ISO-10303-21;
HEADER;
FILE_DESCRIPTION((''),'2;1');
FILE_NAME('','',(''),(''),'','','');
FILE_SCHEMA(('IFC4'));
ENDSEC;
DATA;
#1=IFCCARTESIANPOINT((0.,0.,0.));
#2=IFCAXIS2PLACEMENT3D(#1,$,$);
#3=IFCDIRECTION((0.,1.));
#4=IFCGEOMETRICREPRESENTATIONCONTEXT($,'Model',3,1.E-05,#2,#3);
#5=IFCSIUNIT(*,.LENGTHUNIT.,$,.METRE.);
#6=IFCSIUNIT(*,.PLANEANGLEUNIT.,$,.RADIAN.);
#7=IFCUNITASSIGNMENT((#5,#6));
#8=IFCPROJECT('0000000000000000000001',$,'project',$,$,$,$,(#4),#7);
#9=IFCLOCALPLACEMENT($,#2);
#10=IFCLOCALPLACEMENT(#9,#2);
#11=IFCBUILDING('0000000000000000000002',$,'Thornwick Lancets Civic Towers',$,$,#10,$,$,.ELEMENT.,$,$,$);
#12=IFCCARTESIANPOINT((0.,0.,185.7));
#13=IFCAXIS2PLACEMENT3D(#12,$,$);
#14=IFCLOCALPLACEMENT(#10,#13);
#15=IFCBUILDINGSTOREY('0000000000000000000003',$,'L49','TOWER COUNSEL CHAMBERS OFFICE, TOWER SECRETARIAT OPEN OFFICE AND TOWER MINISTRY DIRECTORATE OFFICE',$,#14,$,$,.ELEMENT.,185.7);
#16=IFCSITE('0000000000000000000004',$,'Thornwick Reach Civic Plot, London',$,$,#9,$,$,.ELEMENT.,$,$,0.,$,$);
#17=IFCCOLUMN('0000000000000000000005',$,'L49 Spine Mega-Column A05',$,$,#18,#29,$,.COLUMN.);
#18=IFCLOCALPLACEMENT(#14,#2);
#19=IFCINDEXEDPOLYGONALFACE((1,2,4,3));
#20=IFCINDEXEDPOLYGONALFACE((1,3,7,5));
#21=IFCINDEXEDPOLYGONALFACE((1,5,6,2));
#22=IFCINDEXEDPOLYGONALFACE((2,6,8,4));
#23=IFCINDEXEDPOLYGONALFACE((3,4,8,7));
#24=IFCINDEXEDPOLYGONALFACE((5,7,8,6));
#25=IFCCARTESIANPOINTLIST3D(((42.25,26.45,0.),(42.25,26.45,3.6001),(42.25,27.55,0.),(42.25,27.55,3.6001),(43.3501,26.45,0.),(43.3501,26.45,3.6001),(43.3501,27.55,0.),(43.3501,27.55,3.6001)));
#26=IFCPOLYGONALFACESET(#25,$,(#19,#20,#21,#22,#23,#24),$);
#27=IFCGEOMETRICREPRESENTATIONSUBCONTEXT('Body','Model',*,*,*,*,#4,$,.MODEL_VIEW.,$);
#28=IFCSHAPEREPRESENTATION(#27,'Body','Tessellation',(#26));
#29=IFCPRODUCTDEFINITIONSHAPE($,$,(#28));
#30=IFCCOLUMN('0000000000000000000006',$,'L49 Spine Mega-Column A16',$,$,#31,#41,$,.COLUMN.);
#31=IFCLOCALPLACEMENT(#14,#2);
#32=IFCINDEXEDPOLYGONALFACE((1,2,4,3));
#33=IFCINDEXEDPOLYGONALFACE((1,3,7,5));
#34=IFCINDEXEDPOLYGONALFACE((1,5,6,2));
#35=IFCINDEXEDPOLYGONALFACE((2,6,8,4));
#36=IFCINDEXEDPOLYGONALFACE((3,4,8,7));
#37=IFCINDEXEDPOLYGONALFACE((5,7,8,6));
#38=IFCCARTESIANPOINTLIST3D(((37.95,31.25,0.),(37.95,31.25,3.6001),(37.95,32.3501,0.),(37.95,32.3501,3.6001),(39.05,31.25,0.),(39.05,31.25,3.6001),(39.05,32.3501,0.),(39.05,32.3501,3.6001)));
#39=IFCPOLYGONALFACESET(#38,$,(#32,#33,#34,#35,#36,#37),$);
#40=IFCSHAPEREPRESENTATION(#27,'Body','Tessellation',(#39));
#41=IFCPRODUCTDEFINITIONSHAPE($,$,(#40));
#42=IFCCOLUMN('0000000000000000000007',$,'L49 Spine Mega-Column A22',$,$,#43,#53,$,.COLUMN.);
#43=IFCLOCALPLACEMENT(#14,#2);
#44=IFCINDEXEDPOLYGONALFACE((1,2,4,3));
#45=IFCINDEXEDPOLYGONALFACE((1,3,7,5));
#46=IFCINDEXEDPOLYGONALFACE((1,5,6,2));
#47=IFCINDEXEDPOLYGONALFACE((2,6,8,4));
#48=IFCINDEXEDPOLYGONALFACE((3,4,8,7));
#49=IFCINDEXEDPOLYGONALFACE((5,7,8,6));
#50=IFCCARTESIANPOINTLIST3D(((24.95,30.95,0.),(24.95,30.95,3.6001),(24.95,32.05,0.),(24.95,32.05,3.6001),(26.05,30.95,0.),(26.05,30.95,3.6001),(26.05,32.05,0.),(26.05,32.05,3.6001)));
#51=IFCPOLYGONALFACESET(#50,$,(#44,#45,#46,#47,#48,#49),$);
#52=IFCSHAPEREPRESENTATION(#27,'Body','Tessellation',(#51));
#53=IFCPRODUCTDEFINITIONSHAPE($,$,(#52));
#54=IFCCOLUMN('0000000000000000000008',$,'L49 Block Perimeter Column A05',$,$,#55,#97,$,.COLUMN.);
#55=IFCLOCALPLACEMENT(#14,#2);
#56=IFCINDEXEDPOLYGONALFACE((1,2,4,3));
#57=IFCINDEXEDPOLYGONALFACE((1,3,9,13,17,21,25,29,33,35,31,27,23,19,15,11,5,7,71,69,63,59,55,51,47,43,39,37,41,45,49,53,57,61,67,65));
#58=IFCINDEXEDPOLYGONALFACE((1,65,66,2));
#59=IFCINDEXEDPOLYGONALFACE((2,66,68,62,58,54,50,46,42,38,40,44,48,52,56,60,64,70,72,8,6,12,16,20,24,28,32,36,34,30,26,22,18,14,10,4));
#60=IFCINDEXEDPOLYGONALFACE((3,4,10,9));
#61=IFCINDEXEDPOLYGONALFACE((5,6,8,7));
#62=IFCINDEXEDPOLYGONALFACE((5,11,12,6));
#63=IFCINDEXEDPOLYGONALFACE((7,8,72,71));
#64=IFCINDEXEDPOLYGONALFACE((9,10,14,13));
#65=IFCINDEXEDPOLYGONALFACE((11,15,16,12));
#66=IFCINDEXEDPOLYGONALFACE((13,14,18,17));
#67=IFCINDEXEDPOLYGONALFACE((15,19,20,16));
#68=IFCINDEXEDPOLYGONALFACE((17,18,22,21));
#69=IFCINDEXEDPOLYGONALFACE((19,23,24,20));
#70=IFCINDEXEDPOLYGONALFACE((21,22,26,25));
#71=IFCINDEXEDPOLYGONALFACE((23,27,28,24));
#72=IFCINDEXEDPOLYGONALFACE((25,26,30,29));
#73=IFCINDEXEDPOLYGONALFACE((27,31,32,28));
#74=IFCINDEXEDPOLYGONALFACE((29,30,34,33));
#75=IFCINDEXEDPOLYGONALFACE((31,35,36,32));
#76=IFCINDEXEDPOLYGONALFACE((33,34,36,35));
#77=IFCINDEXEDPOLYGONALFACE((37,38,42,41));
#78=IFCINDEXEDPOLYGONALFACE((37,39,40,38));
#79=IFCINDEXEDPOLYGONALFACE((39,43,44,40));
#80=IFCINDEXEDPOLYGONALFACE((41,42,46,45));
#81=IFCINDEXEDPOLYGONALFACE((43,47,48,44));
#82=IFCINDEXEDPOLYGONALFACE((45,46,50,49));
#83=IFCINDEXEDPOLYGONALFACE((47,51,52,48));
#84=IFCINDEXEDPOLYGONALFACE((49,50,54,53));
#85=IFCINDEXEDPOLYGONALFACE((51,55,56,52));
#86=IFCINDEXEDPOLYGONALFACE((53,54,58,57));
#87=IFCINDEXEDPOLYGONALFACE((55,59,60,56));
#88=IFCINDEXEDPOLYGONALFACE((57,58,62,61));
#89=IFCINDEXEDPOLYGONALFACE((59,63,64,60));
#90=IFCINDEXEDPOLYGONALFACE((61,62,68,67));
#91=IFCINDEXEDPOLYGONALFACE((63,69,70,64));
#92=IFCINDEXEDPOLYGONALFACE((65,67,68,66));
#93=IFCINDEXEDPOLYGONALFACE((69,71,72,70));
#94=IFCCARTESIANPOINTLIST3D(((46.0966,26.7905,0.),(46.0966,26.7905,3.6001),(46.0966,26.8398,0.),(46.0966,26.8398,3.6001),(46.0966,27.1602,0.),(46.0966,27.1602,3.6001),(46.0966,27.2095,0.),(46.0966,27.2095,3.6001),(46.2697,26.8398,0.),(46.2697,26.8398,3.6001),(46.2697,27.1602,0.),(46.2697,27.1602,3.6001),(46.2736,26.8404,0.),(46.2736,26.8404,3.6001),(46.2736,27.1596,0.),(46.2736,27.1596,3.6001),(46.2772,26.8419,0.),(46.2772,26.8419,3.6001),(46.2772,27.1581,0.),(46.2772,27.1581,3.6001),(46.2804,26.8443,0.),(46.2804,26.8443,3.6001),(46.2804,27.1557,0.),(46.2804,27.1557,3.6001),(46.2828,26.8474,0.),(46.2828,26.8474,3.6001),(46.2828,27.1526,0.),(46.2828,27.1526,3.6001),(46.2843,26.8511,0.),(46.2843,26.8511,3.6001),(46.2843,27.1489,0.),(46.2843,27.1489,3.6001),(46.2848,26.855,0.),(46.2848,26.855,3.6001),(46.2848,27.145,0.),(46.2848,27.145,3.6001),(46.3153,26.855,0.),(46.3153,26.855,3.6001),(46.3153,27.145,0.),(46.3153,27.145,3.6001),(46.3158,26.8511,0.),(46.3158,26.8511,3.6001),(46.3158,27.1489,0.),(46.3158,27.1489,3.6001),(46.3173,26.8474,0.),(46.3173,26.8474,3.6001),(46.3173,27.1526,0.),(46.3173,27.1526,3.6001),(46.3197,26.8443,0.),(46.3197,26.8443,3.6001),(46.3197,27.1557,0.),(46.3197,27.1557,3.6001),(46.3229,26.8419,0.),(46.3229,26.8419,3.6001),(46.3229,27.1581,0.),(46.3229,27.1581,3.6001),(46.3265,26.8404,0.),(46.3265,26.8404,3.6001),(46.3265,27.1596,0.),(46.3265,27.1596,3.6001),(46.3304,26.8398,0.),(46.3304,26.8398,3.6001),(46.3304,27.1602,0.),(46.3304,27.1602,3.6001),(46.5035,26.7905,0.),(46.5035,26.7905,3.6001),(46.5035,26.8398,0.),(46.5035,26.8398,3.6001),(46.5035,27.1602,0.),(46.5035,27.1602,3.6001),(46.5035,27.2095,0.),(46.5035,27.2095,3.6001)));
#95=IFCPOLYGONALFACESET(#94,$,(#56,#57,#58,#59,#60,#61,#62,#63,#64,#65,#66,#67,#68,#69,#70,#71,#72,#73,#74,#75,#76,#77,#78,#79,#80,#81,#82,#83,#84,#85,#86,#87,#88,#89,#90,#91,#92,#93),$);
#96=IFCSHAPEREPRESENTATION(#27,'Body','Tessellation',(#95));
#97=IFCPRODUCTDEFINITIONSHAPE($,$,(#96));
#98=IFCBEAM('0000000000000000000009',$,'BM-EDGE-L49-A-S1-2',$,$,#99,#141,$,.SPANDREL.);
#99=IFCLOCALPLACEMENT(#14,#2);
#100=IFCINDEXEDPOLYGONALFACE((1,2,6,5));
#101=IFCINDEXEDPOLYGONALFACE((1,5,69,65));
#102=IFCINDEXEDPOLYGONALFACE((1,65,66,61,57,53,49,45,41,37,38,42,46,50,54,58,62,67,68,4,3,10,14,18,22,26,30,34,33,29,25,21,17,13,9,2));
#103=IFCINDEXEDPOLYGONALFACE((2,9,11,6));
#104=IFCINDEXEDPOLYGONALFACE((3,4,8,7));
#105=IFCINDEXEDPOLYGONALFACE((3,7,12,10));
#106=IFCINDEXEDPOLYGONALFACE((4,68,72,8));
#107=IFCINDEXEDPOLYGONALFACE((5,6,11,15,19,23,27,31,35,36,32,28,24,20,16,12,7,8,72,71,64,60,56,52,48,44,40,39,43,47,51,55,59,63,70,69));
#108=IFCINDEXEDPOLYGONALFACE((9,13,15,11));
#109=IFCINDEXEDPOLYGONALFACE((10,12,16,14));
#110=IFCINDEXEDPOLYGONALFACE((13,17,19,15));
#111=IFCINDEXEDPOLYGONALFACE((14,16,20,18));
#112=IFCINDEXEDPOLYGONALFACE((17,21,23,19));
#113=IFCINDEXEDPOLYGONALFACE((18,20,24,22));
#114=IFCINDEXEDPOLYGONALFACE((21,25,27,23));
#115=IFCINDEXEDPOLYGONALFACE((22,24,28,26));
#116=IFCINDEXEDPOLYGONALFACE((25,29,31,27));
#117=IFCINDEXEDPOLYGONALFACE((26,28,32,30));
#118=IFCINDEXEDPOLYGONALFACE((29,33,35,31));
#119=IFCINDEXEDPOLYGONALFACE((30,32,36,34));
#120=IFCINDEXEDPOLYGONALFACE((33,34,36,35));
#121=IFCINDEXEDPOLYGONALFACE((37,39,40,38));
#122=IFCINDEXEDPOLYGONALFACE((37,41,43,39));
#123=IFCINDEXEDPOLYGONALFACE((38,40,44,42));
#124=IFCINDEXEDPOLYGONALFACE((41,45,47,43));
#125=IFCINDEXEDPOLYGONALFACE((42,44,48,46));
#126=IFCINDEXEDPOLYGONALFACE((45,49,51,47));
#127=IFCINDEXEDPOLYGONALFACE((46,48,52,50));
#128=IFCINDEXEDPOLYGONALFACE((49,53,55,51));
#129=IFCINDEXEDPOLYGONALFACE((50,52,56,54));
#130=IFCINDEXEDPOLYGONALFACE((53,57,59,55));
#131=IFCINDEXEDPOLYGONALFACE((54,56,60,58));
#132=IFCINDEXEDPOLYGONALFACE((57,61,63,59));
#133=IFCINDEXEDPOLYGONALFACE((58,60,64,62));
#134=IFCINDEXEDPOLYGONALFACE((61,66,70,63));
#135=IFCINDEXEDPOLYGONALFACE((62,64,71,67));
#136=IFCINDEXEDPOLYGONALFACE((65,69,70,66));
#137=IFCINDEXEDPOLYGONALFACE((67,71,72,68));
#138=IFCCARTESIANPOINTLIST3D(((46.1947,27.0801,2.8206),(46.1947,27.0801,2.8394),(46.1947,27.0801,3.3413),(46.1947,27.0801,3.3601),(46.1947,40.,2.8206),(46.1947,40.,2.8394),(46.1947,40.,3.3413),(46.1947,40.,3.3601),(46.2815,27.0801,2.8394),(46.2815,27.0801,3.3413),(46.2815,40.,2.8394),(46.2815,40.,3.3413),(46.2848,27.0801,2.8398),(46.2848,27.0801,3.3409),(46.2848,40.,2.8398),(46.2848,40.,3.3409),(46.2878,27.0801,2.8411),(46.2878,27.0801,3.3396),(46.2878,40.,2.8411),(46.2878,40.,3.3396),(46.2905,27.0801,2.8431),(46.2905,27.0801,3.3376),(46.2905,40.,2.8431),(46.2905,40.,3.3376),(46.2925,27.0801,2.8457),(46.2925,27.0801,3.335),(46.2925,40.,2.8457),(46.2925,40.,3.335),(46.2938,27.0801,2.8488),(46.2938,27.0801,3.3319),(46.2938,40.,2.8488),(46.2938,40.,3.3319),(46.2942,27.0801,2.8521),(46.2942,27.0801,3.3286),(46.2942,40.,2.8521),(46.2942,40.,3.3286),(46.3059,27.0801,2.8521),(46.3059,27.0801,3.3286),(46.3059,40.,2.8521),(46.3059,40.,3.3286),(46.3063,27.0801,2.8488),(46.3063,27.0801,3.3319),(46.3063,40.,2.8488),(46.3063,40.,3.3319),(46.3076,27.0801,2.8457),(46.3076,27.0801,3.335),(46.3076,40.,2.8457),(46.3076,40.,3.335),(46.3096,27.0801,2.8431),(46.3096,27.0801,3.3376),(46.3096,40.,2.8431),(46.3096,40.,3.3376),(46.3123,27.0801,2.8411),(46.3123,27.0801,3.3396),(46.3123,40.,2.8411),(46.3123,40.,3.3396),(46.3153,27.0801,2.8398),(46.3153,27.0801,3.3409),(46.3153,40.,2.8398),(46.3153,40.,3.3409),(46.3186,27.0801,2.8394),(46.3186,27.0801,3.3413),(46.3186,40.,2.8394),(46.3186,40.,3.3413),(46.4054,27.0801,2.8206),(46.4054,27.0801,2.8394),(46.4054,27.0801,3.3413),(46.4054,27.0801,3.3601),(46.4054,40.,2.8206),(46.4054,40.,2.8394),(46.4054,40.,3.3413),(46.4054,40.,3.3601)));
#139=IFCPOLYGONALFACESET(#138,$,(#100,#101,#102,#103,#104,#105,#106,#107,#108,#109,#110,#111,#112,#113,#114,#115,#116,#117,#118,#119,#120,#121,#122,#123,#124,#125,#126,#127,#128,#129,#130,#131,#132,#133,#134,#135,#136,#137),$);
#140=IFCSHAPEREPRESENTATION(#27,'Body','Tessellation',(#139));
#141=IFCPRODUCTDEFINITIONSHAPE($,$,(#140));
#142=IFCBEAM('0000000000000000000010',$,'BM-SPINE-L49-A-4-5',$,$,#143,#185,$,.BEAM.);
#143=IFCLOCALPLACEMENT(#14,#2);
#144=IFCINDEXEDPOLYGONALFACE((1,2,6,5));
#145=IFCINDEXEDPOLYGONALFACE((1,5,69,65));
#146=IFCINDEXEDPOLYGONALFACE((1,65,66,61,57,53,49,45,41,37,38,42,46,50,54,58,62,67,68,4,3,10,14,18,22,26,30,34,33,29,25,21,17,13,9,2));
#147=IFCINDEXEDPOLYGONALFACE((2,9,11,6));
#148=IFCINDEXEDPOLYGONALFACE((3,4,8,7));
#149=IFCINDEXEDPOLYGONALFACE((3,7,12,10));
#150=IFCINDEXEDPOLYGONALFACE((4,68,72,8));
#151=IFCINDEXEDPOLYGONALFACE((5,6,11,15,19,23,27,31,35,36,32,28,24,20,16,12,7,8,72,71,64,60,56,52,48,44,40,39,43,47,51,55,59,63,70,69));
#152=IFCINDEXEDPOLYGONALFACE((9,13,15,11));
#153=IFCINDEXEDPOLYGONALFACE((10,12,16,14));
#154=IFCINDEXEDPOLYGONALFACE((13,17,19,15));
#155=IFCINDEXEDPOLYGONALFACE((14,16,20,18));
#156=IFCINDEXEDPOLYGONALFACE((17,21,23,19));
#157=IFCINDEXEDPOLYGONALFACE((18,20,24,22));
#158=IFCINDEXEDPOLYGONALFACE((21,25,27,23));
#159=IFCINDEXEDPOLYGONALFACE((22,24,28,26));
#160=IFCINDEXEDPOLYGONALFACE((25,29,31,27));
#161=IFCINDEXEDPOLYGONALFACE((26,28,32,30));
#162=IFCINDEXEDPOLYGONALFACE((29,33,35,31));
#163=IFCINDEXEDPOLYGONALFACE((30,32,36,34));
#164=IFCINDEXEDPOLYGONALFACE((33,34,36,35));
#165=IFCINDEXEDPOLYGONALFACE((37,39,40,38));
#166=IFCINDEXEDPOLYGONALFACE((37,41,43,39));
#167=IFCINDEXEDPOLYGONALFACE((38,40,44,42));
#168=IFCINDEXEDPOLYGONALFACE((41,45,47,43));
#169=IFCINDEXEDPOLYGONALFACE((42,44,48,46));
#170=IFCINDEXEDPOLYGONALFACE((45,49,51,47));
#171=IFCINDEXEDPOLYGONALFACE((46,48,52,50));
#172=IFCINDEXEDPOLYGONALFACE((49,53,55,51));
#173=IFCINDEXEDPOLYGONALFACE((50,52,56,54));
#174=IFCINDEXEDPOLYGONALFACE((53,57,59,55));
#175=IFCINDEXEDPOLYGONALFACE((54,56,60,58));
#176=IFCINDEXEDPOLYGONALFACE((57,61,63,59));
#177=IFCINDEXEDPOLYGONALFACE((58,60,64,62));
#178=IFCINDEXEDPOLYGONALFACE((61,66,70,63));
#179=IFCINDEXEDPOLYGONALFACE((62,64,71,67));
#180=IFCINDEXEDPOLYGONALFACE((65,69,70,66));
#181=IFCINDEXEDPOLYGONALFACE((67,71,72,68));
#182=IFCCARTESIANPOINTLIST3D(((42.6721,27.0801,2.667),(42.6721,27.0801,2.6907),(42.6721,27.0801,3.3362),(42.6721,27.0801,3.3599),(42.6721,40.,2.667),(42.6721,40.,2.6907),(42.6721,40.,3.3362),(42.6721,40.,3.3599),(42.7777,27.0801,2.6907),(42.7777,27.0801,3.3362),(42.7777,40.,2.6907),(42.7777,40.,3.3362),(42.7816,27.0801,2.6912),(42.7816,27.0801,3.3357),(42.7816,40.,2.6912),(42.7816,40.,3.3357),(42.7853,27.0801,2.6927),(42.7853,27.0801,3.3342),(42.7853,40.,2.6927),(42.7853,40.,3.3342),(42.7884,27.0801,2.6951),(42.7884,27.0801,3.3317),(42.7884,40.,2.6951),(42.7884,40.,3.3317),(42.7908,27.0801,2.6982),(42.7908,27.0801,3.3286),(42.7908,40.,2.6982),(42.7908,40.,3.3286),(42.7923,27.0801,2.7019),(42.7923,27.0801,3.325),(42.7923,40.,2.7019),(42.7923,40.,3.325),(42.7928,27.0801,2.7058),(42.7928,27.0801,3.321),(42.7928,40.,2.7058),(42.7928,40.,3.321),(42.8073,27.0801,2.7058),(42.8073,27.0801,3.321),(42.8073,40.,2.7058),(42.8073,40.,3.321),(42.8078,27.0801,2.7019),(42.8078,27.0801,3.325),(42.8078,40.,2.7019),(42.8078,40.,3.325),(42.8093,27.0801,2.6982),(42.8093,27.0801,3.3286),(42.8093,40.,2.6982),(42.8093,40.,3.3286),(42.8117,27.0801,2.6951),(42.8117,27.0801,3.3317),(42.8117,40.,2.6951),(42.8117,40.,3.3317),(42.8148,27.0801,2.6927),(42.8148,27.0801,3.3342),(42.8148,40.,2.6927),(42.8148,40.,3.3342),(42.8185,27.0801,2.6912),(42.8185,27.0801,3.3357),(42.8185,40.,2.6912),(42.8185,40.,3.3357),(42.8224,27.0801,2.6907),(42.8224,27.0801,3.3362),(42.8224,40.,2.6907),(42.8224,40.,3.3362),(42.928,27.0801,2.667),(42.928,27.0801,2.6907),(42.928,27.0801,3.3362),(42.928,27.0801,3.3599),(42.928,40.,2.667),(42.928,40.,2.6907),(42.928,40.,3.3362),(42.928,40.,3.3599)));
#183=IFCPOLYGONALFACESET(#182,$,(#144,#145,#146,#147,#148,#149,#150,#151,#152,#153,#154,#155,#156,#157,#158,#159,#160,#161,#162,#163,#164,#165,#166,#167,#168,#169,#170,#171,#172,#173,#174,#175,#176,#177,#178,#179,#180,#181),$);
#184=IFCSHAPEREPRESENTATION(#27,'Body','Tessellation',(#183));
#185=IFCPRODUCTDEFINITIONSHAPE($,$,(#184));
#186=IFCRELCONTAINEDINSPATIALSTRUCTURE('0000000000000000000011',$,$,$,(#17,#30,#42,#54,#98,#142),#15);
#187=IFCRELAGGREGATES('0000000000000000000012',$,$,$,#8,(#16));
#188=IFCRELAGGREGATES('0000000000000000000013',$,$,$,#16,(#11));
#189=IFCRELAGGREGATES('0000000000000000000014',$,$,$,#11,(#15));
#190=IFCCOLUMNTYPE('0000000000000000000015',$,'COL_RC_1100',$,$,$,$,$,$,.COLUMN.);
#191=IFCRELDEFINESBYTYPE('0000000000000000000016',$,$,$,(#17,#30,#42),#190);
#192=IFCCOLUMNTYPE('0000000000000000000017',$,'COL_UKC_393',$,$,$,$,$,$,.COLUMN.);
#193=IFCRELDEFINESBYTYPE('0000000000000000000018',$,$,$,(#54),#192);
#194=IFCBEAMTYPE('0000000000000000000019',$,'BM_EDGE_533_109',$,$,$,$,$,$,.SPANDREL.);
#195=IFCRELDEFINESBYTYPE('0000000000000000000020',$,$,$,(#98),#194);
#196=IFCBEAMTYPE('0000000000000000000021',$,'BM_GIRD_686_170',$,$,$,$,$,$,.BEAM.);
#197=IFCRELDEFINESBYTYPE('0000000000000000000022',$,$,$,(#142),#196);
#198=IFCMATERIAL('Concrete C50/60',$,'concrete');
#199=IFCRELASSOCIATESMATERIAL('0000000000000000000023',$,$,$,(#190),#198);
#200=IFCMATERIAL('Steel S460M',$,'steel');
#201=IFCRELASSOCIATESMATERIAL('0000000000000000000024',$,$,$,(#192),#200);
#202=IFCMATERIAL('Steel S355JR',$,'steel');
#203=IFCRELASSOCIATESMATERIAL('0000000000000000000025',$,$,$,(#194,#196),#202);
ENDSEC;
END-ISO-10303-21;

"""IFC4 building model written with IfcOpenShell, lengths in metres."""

from ifc_helpers import new_model, si_unit, direction, frame, origin, origin_2d, place, context, subcontext, project, spatial, rectangle, i_section, extrude, material, material_profile, profile_set, type_object, element, save


model = new_model("IFC4")

# Units and contexts
model_context = context("Model", 3, precision=1e-05, world=origin(), true_north=direction((0.0, 1.0)))
body_context = subcontext(model_context, "Body", "Model", "MODEL_VIEW")
ifc_project = project(units=[si_unit("LENGTHUNIT", "METRE"), si_unit("PLANEANGLEUNIT", "RADIAN")], contexts=[model_context])

# Site, building, storey
site_placement = place(None, origin())
site = spatial("IfcSite", under=ifc_project, at=site_placement, Name="Thornwick Reach Civic Plot, London", CompositionType="ELEMENT", RefElevation=0.0)
building_placement = place(site_placement, origin())
building = spatial("IfcBuilding", under=site, at=building_placement, Name="Thornwick Lancets Civic Towers", CompositionType="ELEMENT")
storey_placement = place(building_placement, frame((0.0, 0.0, 185.7)))
storey = spatial("IfcBuildingStorey", under=building, at=storey_placement, Name="L49", Description="TOWER COUNSEL CHAMBERS OFFICE, TOWER SECRETARIAT OPEN OFFICE AND TOWER MINISTRY DIRECTORATE OFFICE", CompositionType="ELEMENT", Elevation=185.7)

# Columns
ifc_material_1 = material(Name="Concrete C50/60", Category="concrete")
ifc_material_profile_1 = material_profile(ifc_material_1, rectangle(XDim=1.1001, YDim=1.1001, at=origin_2d()), Name="RC 1100x1100")
ifc_profile_set_1 = profile_set([ifc_material_profile_1], Name="Concrete C50/60")
column_type_1 = type_object("IfcColumnType", Name="COL_RC_1100", PredefinedType="COLUMN", material=ifc_profile_set_1)
for number, where, z_axis, x_axis, name in (
    (1, (42.8, 27.0, 0.0), (0.0, 0.0, 1.0), (1.0, 0.0, 0.0), "L49 Spine Mega-Column A05"),
    (2, (38.5, 31.8, 0.0), (0.0, 0.0, 1.0), (1.0, 0.0, 0.0), "L49 Spine Mega-Column A16"),
    (3, (25.5, 31.5, 0.0), (0.0, 0.0, 1.0), (1.0, 0.0, 0.0), "L49 Spine Mega-Column A22"),
):
    element("IfcColumn", number, at=place(storey_placement, frame(where, z_axis=z_axis, x_axis=x_axis)), inside=storey, type_object=column_type_1, Name=name, PredefinedType="COLUMN", context=body_context, shape_type="SweptSolid", body=[
        extrude(rectangle(XDim=1.1001, YDim=1.1001, at=origin_2d()), origin(), (0.0, 0.0, 1.0), 3.6001),
    ])
ifc_material_2 = material(Name="Steel S460M", Category="steel")
ifc_material_profile_2 = material_profile(ifc_material_2, i_section(OverallWidth=0.407, OverallDepth=0.4189, WebThickness=0.0305, FlangeThickness=0.0493, FilletRadius=0.0151, at=origin_2d()), Name="UKC 356x406x393")
ifc_profile_set_2 = profile_set([ifc_material_profile_2], Name="Steel S460M")
column_type_2 = type_object("IfcColumnType", Name="COL_UKC_393", PredefinedType="COLUMN", material=ifc_profile_set_2)
column_placement = place(storey_placement, frame((46.3, 27.0, 0.0), z_axis=(0.0, 0.0, 1.0), x_axis=(1.0, 0.0, 0.0)))
element("IfcColumn", 4, at=column_placement, inside=storey, type_object=column_type_2, Name="L49 Block Perimeter Column A05", PredefinedType="COLUMN", context=body_context, shape_type="SweptSolid", body=[
    extrude(i_section(OverallWidth=0.407, OverallDepth=0.4189, WebThickness=0.0305, FlangeThickness=0.0493, FilletRadius=0.0151, at=origin_2d()), origin(), (0.0, 0.0, 1.0), 3.6001),
])

# Beams
ifc_material_3 = material(Name="Steel S355JR", Category="steel")
ifc_material_profile_3 = material_profile(ifc_material_3, i_section(OverallWidth=0.2107, OverallDepth=0.5396, WebThickness=0.0117, FlangeThickness=0.0188, FilletRadius=0.0127, at=origin_2d()), Name="UKB 533x210x109")
ifc_profile_set_3 = profile_set([ifc_material_profile_3], Name="Steel S355JR")
beam_type_1 = type_object("IfcBeamType", Name="BM_EDGE_533_109", PredefinedType="SPANDREL", material=ifc_profile_set_3)
beam_1_placement = place(storey_placement, frame((46.3, 27.0801, 3.0903), z_axis=(0.0, 1.0, 0.0), x_axis=(-1.0, 0.0, 0.0)))
element("IfcBeam", 5, at=beam_1_placement, inside=storey, type_object=beam_type_1, Name="BM-EDGE-L49-A-S1-2", PredefinedType="SPANDREL", context=body_context, shape_type="SweptSolid", body=[
    extrude(i_section(OverallWidth=0.2107, OverallDepth=0.5396, WebThickness=0.0117, FlangeThickness=0.0188, FilletRadius=0.0127, at=origin_2d()), origin(), (0.0, 0.0, 1.0), 12.9199),
])
ifc_material_profile_4 = material_profile(ifc_material_3, i_section(OverallWidth=0.2559, OverallDepth=0.6929, WebThickness=0.0144, FlangeThickness=0.0237, FilletRadius=0.0151, at=origin_2d()), Name="UKB 686x254x170")
ifc_profile_set_4 = profile_set([ifc_material_profile_4], Name="Steel S355JR")
beam_type_2 = type_object("IfcBeamType", Name="BM_GIRD_686_170", PredefinedType="BEAM", material=ifc_profile_set_4)
beam_2_placement = place(storey_placement, frame((42.8, 27.0801, 3.0134), z_axis=(0.0, 1.0, 0.0), x_axis=(-1.0, 0.0, 0.0)))
element("IfcBeam", 6, at=beam_2_placement, inside=storey, type_object=beam_type_2, Name="BM-SPINE-L49-A-4-5", PredefinedType="BEAM", context=body_context, shape_type="SweptSolid", body=[
    extrude(i_section(OverallWidth=0.2559, OverallDepth=0.6929, WebThickness=0.0144, FlangeThickness=0.0237, FilletRadius=0.0151, at=origin_2d()), origin(), (0.0, 0.0, 1.0), 12.9199),
])

save(model, "model.ifc")
